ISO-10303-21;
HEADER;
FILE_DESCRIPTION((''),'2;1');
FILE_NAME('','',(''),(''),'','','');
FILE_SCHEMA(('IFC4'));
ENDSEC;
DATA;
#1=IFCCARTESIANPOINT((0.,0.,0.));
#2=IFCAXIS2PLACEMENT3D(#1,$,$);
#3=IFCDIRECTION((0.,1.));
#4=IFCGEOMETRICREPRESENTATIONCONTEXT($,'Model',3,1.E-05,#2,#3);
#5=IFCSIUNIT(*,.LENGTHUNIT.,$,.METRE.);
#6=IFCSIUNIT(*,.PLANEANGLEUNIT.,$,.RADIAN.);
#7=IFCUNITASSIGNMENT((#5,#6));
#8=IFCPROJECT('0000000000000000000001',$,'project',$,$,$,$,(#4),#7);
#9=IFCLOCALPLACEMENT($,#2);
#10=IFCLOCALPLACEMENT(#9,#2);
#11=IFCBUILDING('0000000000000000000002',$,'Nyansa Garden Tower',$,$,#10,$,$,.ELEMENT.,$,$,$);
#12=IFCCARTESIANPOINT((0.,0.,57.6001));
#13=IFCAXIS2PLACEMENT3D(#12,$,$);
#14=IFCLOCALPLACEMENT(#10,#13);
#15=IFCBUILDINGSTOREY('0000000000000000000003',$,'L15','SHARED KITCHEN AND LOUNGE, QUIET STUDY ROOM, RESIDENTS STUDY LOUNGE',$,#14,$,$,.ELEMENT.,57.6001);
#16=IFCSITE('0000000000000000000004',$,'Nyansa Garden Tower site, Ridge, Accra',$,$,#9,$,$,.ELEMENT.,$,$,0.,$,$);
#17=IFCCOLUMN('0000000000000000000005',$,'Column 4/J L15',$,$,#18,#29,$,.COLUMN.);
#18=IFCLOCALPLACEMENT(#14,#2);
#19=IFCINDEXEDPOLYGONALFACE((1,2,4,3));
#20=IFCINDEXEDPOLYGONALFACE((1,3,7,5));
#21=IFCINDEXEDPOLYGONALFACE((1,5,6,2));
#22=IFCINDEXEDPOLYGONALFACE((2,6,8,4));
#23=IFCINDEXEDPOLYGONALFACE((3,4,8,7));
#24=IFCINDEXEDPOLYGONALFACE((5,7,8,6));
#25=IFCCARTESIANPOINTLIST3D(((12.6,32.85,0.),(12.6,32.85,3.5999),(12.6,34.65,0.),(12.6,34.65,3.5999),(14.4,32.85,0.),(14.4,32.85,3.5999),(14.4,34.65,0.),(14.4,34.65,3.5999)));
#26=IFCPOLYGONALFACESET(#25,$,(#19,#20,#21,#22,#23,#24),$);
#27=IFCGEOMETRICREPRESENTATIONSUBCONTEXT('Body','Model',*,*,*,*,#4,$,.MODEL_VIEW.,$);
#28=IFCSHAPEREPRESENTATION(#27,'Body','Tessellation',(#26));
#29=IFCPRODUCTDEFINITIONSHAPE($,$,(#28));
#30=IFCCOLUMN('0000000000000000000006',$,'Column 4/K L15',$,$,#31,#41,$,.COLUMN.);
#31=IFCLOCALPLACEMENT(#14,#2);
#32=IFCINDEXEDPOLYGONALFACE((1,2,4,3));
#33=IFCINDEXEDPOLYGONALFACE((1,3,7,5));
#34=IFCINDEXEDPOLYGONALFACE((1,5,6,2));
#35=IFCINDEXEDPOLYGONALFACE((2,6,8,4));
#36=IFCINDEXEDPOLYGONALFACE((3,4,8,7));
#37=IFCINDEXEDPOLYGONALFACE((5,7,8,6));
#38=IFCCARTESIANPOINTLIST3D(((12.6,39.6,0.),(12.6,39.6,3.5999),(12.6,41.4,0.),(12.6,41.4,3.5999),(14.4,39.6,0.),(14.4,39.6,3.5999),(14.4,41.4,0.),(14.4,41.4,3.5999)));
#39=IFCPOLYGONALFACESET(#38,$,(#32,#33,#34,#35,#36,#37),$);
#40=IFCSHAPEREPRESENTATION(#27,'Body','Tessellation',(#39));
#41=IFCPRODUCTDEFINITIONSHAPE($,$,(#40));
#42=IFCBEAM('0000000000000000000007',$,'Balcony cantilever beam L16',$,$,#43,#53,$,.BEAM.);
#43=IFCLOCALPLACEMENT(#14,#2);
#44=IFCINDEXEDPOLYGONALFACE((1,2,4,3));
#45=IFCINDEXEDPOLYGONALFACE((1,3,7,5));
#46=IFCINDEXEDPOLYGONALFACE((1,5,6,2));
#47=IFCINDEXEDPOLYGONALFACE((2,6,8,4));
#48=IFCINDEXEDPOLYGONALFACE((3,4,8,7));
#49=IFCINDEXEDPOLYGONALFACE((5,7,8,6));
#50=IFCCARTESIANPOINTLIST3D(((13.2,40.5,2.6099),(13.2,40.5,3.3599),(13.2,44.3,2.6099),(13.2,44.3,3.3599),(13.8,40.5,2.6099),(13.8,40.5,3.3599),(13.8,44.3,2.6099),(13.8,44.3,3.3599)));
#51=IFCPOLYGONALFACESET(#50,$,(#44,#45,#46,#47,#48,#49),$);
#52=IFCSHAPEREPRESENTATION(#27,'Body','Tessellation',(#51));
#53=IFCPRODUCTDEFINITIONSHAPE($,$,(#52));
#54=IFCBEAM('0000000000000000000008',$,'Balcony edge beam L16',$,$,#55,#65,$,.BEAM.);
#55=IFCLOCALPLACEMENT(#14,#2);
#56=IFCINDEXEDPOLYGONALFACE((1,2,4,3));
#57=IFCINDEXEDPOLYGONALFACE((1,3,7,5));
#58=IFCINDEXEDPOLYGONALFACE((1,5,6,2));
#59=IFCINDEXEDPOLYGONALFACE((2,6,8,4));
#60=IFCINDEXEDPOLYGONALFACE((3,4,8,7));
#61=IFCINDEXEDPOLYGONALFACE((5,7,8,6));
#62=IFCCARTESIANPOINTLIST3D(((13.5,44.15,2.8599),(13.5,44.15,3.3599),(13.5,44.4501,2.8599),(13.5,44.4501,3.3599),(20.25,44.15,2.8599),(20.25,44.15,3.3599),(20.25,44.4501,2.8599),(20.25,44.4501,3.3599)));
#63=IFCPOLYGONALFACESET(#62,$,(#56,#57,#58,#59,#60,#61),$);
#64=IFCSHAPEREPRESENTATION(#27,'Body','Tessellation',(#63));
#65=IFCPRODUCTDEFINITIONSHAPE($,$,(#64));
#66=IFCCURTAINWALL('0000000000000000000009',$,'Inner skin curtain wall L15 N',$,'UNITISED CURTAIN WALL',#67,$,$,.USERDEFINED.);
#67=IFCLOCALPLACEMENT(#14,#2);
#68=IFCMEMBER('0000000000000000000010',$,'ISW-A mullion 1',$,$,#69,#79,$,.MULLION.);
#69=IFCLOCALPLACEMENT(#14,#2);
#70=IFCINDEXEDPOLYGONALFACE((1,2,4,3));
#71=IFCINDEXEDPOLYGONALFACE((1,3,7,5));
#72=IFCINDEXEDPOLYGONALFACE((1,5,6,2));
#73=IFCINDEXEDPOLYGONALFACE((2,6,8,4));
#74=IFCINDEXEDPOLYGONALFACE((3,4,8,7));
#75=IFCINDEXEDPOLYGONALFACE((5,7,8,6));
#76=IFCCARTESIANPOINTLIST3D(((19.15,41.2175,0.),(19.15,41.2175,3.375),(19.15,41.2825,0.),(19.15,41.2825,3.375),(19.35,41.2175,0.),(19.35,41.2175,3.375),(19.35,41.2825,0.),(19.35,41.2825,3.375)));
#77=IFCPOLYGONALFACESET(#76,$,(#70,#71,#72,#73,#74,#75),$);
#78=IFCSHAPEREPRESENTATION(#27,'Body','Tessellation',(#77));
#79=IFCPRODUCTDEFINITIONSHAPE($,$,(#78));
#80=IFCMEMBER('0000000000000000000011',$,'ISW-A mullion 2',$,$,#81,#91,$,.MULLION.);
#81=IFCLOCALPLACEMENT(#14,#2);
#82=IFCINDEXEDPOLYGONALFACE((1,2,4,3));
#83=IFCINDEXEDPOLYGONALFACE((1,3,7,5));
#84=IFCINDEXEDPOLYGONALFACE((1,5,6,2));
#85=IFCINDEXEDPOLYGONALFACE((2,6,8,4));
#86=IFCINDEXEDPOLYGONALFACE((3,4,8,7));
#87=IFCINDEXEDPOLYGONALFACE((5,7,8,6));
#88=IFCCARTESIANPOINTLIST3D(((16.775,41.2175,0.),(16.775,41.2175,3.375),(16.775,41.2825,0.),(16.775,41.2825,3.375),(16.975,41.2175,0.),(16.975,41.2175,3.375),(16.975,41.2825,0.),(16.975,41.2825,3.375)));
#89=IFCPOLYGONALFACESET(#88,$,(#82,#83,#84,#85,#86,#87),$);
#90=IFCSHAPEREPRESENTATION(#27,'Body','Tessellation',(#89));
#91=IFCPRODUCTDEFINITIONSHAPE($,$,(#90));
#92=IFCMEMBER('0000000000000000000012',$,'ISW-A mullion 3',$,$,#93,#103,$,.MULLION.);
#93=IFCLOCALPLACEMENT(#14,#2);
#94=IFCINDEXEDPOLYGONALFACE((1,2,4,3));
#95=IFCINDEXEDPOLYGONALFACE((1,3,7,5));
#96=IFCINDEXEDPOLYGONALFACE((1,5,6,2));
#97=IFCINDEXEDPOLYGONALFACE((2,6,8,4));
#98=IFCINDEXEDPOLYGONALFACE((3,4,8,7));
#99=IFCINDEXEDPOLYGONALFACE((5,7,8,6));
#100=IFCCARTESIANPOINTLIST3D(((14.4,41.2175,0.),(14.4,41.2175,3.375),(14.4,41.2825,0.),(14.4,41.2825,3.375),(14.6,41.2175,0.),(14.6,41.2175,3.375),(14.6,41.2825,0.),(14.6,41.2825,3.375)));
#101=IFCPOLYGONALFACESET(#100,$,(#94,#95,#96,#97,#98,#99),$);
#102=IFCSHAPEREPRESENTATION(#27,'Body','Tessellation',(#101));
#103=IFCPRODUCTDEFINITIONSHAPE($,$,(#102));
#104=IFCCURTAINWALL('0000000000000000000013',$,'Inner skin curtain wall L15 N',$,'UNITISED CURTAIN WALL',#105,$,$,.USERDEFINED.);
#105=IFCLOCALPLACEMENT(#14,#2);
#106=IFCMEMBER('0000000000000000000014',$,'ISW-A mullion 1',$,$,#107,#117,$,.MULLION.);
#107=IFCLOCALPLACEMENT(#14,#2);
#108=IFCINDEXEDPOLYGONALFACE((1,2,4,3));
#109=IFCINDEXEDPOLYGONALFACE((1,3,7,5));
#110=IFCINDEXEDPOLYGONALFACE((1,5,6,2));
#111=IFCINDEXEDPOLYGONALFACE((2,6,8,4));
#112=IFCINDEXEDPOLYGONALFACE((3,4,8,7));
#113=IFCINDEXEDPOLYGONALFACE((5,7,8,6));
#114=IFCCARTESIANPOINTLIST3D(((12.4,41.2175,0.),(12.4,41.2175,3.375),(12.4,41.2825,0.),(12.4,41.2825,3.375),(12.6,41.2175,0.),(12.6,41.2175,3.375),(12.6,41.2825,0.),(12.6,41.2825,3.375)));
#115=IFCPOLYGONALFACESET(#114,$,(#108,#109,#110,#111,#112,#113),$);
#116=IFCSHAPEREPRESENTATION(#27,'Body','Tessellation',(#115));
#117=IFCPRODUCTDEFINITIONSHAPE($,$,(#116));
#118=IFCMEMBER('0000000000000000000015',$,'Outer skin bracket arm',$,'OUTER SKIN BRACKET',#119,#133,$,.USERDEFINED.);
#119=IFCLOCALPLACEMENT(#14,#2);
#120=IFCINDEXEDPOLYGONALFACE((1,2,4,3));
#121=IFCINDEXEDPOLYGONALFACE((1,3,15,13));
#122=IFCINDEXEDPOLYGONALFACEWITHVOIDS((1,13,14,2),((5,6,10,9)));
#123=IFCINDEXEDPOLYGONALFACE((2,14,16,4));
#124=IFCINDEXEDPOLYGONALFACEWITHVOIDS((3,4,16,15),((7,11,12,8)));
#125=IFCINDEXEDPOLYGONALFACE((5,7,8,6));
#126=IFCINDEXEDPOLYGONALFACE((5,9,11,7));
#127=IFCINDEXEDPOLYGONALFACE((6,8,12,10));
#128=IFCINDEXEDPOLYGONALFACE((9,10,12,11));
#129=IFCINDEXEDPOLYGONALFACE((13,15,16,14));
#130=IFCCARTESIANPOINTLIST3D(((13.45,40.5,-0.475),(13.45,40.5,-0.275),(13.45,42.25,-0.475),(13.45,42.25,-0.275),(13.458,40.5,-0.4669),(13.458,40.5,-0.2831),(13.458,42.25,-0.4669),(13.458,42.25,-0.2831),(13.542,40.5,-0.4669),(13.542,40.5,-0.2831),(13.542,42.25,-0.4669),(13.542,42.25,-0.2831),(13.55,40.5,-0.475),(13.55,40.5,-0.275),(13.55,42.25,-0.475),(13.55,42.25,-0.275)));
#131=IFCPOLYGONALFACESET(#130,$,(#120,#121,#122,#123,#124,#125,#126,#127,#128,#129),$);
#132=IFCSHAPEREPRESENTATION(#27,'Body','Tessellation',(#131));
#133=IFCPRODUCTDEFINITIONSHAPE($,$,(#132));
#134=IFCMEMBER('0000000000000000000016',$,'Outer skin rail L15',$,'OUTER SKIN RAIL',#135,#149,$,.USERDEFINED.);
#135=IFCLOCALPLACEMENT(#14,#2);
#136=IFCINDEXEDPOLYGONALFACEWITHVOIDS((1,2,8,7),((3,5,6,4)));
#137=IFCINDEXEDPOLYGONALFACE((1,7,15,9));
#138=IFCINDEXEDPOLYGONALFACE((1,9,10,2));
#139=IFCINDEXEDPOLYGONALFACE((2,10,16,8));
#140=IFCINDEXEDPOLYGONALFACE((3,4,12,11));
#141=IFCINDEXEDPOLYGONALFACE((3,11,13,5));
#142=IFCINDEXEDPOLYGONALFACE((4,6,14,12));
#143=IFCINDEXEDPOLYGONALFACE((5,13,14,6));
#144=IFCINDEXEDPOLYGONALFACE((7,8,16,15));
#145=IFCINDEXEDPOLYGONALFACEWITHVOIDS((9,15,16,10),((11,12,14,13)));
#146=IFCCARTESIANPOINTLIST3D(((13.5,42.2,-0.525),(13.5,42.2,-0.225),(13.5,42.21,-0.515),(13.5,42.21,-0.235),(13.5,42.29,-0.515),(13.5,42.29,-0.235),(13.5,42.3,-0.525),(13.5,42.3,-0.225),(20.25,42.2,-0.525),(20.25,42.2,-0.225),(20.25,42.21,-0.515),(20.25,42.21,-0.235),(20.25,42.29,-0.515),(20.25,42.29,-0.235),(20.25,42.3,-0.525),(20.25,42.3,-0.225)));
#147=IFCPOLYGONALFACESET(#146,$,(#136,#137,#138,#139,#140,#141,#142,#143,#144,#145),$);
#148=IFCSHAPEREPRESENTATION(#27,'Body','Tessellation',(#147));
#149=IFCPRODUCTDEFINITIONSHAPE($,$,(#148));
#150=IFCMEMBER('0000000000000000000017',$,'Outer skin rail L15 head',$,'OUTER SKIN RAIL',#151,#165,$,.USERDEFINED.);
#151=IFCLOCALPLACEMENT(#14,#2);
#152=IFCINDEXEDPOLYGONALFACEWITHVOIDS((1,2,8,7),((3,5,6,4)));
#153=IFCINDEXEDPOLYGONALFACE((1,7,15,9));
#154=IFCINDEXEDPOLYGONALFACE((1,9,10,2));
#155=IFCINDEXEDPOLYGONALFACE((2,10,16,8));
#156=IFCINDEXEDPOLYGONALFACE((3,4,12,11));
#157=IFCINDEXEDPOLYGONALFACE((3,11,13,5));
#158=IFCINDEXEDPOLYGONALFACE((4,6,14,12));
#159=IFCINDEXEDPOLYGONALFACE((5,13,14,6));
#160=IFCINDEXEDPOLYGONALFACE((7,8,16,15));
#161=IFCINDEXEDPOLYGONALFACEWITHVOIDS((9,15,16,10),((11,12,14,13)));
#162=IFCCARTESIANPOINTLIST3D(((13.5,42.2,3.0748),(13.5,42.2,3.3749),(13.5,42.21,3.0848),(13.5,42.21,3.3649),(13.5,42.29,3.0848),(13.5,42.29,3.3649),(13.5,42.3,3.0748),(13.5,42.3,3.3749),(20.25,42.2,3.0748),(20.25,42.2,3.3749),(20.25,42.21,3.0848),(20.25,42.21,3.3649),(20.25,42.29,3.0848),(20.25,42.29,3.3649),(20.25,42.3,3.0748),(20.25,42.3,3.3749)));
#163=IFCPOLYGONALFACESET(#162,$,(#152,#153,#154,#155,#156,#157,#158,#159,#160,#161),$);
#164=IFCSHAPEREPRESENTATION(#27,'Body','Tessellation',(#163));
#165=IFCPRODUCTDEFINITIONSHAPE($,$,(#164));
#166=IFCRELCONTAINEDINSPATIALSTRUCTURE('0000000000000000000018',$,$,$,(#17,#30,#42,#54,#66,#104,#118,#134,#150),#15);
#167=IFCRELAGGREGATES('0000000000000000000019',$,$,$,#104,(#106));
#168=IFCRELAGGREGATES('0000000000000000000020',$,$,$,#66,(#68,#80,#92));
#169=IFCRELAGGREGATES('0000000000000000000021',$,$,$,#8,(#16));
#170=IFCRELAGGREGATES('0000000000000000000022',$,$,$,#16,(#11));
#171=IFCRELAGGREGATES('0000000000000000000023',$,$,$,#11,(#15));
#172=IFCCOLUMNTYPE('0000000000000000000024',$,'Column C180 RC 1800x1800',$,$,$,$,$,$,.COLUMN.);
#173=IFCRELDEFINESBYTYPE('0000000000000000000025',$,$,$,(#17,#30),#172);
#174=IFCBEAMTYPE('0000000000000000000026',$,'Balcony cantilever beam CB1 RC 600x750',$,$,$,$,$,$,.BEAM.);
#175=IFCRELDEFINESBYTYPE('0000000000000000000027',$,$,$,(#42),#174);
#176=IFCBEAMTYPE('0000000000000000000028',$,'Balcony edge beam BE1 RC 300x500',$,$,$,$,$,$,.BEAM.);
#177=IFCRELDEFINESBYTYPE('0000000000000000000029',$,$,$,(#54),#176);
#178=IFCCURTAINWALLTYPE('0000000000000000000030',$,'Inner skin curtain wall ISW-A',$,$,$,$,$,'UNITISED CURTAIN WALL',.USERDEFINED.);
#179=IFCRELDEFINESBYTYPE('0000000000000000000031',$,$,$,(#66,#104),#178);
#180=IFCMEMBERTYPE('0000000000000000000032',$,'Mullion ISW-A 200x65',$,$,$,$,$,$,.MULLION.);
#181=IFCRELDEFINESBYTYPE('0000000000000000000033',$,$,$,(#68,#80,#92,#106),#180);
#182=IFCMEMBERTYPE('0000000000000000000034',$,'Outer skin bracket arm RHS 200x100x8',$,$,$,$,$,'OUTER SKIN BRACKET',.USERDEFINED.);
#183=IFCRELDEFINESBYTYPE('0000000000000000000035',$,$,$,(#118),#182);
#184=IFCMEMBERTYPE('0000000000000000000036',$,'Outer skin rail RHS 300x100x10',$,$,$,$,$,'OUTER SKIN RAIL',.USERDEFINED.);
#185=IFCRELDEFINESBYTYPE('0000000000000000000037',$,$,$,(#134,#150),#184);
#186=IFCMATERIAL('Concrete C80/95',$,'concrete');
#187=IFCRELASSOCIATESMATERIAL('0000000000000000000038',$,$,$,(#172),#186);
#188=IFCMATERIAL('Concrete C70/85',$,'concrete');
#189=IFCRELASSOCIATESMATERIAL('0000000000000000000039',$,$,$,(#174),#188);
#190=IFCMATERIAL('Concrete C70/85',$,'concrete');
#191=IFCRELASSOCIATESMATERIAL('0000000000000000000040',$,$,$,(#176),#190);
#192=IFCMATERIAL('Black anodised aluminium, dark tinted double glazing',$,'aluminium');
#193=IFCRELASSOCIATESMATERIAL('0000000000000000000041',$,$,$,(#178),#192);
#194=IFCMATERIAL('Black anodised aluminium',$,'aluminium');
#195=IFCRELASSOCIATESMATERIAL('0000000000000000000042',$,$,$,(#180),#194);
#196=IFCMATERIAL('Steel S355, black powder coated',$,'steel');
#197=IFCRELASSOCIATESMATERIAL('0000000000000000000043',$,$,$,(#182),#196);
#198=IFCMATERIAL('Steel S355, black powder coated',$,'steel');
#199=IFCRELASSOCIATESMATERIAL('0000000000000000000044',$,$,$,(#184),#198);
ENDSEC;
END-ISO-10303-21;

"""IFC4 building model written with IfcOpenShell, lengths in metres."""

from ifc_helpers import new_model, si_unit, direction, frame, origin, origin_2d, place, context, subcontext, project, spatial, rectangle, hollow_rectangle, extrude, material, material_profile, profile_set, type_object, element, aggregate, save


model = new_model("IFC4")

# Units and contexts
model_context = context("Model", 3, precision=1e-05, world=origin(), true_north=direction((0.0, 1.0)))
body_context = subcontext(model_context, "Body", "Model", "MODEL_VIEW")
ifc_project = project(units=[si_unit("LENGTHUNIT", "METRE"), si_unit("PLANEANGLEUNIT", "RADIAN")], contexts=[model_context])

# Site, building, storey
site_placement = place(None, origin())
site = spatial("IfcSite", under=ifc_project, at=site_placement, Name="Nyansa Garden Tower site, Ridge, Accra", CompositionType="ELEMENT", RefElevation=0.0)
building_placement = place(site_placement, origin())
building = spatial("IfcBuilding", under=site, at=building_placement, Name="Nyansa Garden Tower", CompositionType="ELEMENT")
storey_placement = place(building_placement, frame((0.0, 0.0, 57.6001)))
storey = spatial("IfcBuildingStorey", under=building, at=storey_placement, Name="L15", Description="SHARED KITCHEN AND LOUNGE, QUIET STUDY ROOM, RESIDENTS STUDY LOUNGE", CompositionType="ELEMENT", Elevation=57.6001)

# Columns
ifc_material_1 = material(Name="Concrete C80/95", Category="concrete")
ifc_material_profile_1 = material_profile(ifc_material_1, rectangle(XDim=1.8, YDim=1.8, at=origin_2d()), Name="RC 1800x1800")
ifc_profile_set_1 = profile_set([ifc_material_profile_1], Name="Concrete C80/95")
column_type = type_object("IfcColumnType", Name="Column C180 RC 1800x1800", PredefinedType="COLUMN", material=ifc_profile_set_1)
for number, where, z_axis, x_axis, name in (
    (1, (13.5, 33.75, 0.0), (0.0, 0.0, 1.0), (1.0, 0.0, 0.0), "Column 4/J L15"),
    (2, (13.5, 40.5, 0.0), (0.0, 0.0, 1.0), (1.0, 0.0, 0.0), "Column 4/K L15"),
):
    element("IfcColumn", number, at=place(storey_placement, frame(where, z_axis=z_axis, x_axis=x_axis)), inside=storey, type_object=column_type, Name=name, PredefinedType="COLUMN", context=body_context, shape_type="SweptSolid", body=[
        extrude(rectangle(XDim=1.8, YDim=1.8, at=origin_2d()), origin(), (0.0, 0.0, 1.0), 3.5999),
    ])

# Beams
ifc_material_2 = material(Name="Concrete C70/85", Category="concrete")
ifc_material_profile_2 = material_profile(ifc_material_2, rectangle(XDim=0.6001, YDim=0.75, at=origin_2d()), Name="RC 600x750")
ifc_profile_set_2 = profile_set([ifc_material_profile_2], Name="Concrete C70/85")
beam_type_1 = type_object("IfcBeamType", Name="Balcony cantilever beam CB1 RC 600x750", PredefinedType="BEAM", material=ifc_profile_set_2)
beam_1_placement = place(storey_placement, frame((13.5, 40.5, 2.9849), z_axis=(0.0, 1.0, 0.0), x_axis=(-1.0, 0.0, 0.0)))
element("IfcBeam", 3, at=beam_1_placement, inside=storey, type_object=beam_type_1, Name="Balcony cantilever beam L16", PredefinedType="BEAM", context=body_context, shape_type="SweptSolid", body=[
    extrude(rectangle(XDim=0.6001, YDim=0.75, at=origin_2d()), origin(), (0.0, 0.0, 1.0), 3.8),
])
ifc_material_3 = material(Name="Concrete C70/85", Category="concrete")
ifc_material_profile_3 = material_profile(ifc_material_3, rectangle(XDim=0.3, YDim=0.5, at=origin_2d()), Name="RC 300x500")
ifc_profile_set_3 = profile_set([ifc_material_profile_3], Name="Concrete C70/85")
beam_type_2 = type_object("IfcBeamType", Name="Balcony edge beam BE1 RC 300x500", PredefinedType="BEAM", material=ifc_profile_set_3)
beam_2_placement = place(storey_placement, frame((13.5, 44.3, 3.1099), z_axis=(1.0, 0.0, 0.0), x_axis=(0.0, 1.0, 0.0)))
element("IfcBeam", 4, at=beam_2_placement, inside=storey, type_object=beam_type_2, Name="Balcony edge beam L16", PredefinedType="BEAM", context=body_context, shape_type="SweptSolid", body=[
    extrude(rectangle(XDim=0.3, YDim=0.5, at=origin_2d()), origin(), (0.0, 0.0, 1.0), 6.75),
])

# Curtain wall, members
ifc_material_4 = material(Name="Black anodised aluminium, dark tinted double glazing", Category="aluminium")
curtain_wall_type = type_object("IfcCurtainWallType", Name="Inner skin curtain wall ISW-A", ElementType="UNITISED CURTAIN WALL", PredefinedType="USERDEFINED", material=ifc_material_4)
curtain_wall_1_placement = place(storey_placement, origin())
curtain_wall_1 = element("IfcCurtainWall", 5, at=curtain_wall_1_placement, inside=storey, type_object=curtain_wall_type, Name="Inner skin curtain wall L15 N", ObjectType="UNITISED CURTAIN WALL", PredefinedType="USERDEFINED")
ifc_material_5 = material(Name="Black anodised aluminium", Category="aluminium")
ifc_material_profile_4 = material_profile(ifc_material_5, rectangle(XDim=0.0649, YDim=0.2, at=origin_2d()), Name="Mullion 200x65")
ifc_profile_set_4 = profile_set([ifc_material_profile_4], Name="Black anodised aluminium")
member_type_1 = type_object("IfcMemberType", Name="Mullion ISW-A 200x65", PredefinedType="MULLION", material=ifc_profile_set_4)
member_1_placement = place(storey_placement, frame((19.25, 41.25, 0.0), z_axis=(0.0, 0.0, 1.0), x_axis=(0.0, -1.0, 0.0)))
member_1 = element("IfcMember", 6, at=member_1_placement, type_object=member_type_1, Name="ISW-A mullion 1", PredefinedType="MULLION", context=body_context, shape_type="SweptSolid", body=[
    extrude(rectangle(XDim=0.0649, YDim=0.2, at=origin_2d()), origin(), (0.0, 0.0, 1.0), 3.375),
])
member_2_placement = place(storey_placement, frame((16.875, 41.25, 0.0), z_axis=(0.0, 0.0, 1.0), x_axis=(0.0, -1.0, 0.0)))
member_2 = element("IfcMember", 7, at=member_2_placement, type_object=member_type_1, Name="ISW-A mullion 2", PredefinedType="MULLION", context=body_context, shape_type="SweptSolid", body=[
    extrude(rectangle(XDim=0.0649, YDim=0.2, at=origin_2d()), origin(), (0.0, 0.0, 1.0), 3.375),
])
member_3_placement = place(storey_placement, frame((14.5, 41.25, 0.0), z_axis=(0.0, 0.0, 1.0), x_axis=(0.0, -1.0, 0.0)))
member_3 = element("IfcMember", 8, at=member_3_placement, type_object=member_type_1, Name="ISW-A mullion 3", PredefinedType="MULLION", context=body_context, shape_type="SweptSolid", body=[
    extrude(rectangle(XDim=0.0649, YDim=0.2, at=origin_2d()), origin(), (0.0, 0.0, 1.0), 3.375),
])

# Curtain wall, member
curtain_wall_2_placement = place(storey_placement, origin())
curtain_wall_2 = element("IfcCurtainWall", 9, at=curtain_wall_2_placement, inside=storey, type_object=curtain_wall_type, Name="Inner skin curtain wall L15 N", ObjectType="UNITISED CURTAIN WALL", PredefinedType="USERDEFINED")
member_4_placement = place(storey_placement, frame((12.5, 41.25, 0.0), z_axis=(0.0, 0.0, 1.0), x_axis=(0.0, -1.0, 0.0)))
member_4 = element("IfcMember", 10, at=member_4_placement, type_object=member_type_1, Name="ISW-A mullion 1", PredefinedType="MULLION", context=body_context, shape_type="SweptSolid", body=[
    extrude(rectangle(XDim=0.0649, YDim=0.2, at=origin_2d()), origin(), (0.0, 0.0, 1.0), 3.375),
])

# Members
ifc_material_6 = material(Name="Steel S355, black powder coated", Category="steel")
ifc_material_profile_5 = material_profile(ifc_material_6, hollow_rectangle(XDim=0.1001, YDim=0.2, WallThickness=0.0081, at=origin_2d()), Name="RHS 200x100x8")
ifc_profile_set_5 = profile_set([ifc_material_profile_5], Name="Steel S355, black powder coated")
member_type_2 = type_object("IfcMemberType", Name="Outer skin bracket arm RHS 200x100x8", ElementType="OUTER SKIN BRACKET", PredefinedType="USERDEFINED", material=ifc_profile_set_5)
member_5_placement = place(storey_placement, frame((13.5, 40.5, -0.375), z_axis=(0.0, 1.0, 0.0), x_axis=(-1.0, 0.0, 0.0)))
element("IfcMember", 11, at=member_5_placement, inside=storey, type_object=member_type_2, Name="Outer skin bracket arm", ObjectType="OUTER SKIN BRACKET", PredefinedType="USERDEFINED", context=body_context, shape_type="SweptSolid", body=[
    extrude(hollow_rectangle(XDim=0.1001, YDim=0.2, WallThickness=0.0081, at=origin_2d()), origin(), (0.0, 0.0, 1.0), 1.75),
])
ifc_material_7 = material(Name="Steel S355, black powder coated", Category="steel")
ifc_material_profile_6 = material_profile(ifc_material_7, hollow_rectangle(XDim=0.1001, YDim=0.3, WallThickness=0.01, at=origin_2d()), Name="RHS 300x100x10")
ifc_profile_set_6 = profile_set([ifc_material_profile_6], Name="Steel S355, black powder coated")
member_type_3 = type_object("IfcMemberType", Name="Outer skin rail RHS 300x100x10", ElementType="OUTER SKIN RAIL", PredefinedType="USERDEFINED", material=ifc_profile_set_6)
for number, where, z_axis, x_axis, name in (
    (12, (13.5, 42.25, -0.375), (1.0, 0.0, 0.0), (0.0, 1.0, 0.0), "Outer skin rail L15"),
    (13, (13.5, 42.25, 3.2249), (1.0, 0.0, 0.0), (0.0, 1.0, 0.0), "Outer skin rail L15 head"),
):
    element("IfcMember", number, at=place(storey_placement, frame(where, z_axis=z_axis, x_axis=x_axis)), inside=storey, type_object=member_type_3, Name=name, ObjectType="OUTER SKIN RAIL", PredefinedType="USERDEFINED", context=body_context, shape_type="SweptSolid", body=[
        extrude(hollow_rectangle(XDim=0.1001, YDim=0.3, WallThickness=0.01, at=origin_2d()), origin(), (0.0, 0.0, 1.0), 6.75),
    ])

aggregate(curtain_wall_2, [member_4])

aggregate(curtain_wall_1, [member_1, member_2, member_3])

save(model, "model.ifc")
